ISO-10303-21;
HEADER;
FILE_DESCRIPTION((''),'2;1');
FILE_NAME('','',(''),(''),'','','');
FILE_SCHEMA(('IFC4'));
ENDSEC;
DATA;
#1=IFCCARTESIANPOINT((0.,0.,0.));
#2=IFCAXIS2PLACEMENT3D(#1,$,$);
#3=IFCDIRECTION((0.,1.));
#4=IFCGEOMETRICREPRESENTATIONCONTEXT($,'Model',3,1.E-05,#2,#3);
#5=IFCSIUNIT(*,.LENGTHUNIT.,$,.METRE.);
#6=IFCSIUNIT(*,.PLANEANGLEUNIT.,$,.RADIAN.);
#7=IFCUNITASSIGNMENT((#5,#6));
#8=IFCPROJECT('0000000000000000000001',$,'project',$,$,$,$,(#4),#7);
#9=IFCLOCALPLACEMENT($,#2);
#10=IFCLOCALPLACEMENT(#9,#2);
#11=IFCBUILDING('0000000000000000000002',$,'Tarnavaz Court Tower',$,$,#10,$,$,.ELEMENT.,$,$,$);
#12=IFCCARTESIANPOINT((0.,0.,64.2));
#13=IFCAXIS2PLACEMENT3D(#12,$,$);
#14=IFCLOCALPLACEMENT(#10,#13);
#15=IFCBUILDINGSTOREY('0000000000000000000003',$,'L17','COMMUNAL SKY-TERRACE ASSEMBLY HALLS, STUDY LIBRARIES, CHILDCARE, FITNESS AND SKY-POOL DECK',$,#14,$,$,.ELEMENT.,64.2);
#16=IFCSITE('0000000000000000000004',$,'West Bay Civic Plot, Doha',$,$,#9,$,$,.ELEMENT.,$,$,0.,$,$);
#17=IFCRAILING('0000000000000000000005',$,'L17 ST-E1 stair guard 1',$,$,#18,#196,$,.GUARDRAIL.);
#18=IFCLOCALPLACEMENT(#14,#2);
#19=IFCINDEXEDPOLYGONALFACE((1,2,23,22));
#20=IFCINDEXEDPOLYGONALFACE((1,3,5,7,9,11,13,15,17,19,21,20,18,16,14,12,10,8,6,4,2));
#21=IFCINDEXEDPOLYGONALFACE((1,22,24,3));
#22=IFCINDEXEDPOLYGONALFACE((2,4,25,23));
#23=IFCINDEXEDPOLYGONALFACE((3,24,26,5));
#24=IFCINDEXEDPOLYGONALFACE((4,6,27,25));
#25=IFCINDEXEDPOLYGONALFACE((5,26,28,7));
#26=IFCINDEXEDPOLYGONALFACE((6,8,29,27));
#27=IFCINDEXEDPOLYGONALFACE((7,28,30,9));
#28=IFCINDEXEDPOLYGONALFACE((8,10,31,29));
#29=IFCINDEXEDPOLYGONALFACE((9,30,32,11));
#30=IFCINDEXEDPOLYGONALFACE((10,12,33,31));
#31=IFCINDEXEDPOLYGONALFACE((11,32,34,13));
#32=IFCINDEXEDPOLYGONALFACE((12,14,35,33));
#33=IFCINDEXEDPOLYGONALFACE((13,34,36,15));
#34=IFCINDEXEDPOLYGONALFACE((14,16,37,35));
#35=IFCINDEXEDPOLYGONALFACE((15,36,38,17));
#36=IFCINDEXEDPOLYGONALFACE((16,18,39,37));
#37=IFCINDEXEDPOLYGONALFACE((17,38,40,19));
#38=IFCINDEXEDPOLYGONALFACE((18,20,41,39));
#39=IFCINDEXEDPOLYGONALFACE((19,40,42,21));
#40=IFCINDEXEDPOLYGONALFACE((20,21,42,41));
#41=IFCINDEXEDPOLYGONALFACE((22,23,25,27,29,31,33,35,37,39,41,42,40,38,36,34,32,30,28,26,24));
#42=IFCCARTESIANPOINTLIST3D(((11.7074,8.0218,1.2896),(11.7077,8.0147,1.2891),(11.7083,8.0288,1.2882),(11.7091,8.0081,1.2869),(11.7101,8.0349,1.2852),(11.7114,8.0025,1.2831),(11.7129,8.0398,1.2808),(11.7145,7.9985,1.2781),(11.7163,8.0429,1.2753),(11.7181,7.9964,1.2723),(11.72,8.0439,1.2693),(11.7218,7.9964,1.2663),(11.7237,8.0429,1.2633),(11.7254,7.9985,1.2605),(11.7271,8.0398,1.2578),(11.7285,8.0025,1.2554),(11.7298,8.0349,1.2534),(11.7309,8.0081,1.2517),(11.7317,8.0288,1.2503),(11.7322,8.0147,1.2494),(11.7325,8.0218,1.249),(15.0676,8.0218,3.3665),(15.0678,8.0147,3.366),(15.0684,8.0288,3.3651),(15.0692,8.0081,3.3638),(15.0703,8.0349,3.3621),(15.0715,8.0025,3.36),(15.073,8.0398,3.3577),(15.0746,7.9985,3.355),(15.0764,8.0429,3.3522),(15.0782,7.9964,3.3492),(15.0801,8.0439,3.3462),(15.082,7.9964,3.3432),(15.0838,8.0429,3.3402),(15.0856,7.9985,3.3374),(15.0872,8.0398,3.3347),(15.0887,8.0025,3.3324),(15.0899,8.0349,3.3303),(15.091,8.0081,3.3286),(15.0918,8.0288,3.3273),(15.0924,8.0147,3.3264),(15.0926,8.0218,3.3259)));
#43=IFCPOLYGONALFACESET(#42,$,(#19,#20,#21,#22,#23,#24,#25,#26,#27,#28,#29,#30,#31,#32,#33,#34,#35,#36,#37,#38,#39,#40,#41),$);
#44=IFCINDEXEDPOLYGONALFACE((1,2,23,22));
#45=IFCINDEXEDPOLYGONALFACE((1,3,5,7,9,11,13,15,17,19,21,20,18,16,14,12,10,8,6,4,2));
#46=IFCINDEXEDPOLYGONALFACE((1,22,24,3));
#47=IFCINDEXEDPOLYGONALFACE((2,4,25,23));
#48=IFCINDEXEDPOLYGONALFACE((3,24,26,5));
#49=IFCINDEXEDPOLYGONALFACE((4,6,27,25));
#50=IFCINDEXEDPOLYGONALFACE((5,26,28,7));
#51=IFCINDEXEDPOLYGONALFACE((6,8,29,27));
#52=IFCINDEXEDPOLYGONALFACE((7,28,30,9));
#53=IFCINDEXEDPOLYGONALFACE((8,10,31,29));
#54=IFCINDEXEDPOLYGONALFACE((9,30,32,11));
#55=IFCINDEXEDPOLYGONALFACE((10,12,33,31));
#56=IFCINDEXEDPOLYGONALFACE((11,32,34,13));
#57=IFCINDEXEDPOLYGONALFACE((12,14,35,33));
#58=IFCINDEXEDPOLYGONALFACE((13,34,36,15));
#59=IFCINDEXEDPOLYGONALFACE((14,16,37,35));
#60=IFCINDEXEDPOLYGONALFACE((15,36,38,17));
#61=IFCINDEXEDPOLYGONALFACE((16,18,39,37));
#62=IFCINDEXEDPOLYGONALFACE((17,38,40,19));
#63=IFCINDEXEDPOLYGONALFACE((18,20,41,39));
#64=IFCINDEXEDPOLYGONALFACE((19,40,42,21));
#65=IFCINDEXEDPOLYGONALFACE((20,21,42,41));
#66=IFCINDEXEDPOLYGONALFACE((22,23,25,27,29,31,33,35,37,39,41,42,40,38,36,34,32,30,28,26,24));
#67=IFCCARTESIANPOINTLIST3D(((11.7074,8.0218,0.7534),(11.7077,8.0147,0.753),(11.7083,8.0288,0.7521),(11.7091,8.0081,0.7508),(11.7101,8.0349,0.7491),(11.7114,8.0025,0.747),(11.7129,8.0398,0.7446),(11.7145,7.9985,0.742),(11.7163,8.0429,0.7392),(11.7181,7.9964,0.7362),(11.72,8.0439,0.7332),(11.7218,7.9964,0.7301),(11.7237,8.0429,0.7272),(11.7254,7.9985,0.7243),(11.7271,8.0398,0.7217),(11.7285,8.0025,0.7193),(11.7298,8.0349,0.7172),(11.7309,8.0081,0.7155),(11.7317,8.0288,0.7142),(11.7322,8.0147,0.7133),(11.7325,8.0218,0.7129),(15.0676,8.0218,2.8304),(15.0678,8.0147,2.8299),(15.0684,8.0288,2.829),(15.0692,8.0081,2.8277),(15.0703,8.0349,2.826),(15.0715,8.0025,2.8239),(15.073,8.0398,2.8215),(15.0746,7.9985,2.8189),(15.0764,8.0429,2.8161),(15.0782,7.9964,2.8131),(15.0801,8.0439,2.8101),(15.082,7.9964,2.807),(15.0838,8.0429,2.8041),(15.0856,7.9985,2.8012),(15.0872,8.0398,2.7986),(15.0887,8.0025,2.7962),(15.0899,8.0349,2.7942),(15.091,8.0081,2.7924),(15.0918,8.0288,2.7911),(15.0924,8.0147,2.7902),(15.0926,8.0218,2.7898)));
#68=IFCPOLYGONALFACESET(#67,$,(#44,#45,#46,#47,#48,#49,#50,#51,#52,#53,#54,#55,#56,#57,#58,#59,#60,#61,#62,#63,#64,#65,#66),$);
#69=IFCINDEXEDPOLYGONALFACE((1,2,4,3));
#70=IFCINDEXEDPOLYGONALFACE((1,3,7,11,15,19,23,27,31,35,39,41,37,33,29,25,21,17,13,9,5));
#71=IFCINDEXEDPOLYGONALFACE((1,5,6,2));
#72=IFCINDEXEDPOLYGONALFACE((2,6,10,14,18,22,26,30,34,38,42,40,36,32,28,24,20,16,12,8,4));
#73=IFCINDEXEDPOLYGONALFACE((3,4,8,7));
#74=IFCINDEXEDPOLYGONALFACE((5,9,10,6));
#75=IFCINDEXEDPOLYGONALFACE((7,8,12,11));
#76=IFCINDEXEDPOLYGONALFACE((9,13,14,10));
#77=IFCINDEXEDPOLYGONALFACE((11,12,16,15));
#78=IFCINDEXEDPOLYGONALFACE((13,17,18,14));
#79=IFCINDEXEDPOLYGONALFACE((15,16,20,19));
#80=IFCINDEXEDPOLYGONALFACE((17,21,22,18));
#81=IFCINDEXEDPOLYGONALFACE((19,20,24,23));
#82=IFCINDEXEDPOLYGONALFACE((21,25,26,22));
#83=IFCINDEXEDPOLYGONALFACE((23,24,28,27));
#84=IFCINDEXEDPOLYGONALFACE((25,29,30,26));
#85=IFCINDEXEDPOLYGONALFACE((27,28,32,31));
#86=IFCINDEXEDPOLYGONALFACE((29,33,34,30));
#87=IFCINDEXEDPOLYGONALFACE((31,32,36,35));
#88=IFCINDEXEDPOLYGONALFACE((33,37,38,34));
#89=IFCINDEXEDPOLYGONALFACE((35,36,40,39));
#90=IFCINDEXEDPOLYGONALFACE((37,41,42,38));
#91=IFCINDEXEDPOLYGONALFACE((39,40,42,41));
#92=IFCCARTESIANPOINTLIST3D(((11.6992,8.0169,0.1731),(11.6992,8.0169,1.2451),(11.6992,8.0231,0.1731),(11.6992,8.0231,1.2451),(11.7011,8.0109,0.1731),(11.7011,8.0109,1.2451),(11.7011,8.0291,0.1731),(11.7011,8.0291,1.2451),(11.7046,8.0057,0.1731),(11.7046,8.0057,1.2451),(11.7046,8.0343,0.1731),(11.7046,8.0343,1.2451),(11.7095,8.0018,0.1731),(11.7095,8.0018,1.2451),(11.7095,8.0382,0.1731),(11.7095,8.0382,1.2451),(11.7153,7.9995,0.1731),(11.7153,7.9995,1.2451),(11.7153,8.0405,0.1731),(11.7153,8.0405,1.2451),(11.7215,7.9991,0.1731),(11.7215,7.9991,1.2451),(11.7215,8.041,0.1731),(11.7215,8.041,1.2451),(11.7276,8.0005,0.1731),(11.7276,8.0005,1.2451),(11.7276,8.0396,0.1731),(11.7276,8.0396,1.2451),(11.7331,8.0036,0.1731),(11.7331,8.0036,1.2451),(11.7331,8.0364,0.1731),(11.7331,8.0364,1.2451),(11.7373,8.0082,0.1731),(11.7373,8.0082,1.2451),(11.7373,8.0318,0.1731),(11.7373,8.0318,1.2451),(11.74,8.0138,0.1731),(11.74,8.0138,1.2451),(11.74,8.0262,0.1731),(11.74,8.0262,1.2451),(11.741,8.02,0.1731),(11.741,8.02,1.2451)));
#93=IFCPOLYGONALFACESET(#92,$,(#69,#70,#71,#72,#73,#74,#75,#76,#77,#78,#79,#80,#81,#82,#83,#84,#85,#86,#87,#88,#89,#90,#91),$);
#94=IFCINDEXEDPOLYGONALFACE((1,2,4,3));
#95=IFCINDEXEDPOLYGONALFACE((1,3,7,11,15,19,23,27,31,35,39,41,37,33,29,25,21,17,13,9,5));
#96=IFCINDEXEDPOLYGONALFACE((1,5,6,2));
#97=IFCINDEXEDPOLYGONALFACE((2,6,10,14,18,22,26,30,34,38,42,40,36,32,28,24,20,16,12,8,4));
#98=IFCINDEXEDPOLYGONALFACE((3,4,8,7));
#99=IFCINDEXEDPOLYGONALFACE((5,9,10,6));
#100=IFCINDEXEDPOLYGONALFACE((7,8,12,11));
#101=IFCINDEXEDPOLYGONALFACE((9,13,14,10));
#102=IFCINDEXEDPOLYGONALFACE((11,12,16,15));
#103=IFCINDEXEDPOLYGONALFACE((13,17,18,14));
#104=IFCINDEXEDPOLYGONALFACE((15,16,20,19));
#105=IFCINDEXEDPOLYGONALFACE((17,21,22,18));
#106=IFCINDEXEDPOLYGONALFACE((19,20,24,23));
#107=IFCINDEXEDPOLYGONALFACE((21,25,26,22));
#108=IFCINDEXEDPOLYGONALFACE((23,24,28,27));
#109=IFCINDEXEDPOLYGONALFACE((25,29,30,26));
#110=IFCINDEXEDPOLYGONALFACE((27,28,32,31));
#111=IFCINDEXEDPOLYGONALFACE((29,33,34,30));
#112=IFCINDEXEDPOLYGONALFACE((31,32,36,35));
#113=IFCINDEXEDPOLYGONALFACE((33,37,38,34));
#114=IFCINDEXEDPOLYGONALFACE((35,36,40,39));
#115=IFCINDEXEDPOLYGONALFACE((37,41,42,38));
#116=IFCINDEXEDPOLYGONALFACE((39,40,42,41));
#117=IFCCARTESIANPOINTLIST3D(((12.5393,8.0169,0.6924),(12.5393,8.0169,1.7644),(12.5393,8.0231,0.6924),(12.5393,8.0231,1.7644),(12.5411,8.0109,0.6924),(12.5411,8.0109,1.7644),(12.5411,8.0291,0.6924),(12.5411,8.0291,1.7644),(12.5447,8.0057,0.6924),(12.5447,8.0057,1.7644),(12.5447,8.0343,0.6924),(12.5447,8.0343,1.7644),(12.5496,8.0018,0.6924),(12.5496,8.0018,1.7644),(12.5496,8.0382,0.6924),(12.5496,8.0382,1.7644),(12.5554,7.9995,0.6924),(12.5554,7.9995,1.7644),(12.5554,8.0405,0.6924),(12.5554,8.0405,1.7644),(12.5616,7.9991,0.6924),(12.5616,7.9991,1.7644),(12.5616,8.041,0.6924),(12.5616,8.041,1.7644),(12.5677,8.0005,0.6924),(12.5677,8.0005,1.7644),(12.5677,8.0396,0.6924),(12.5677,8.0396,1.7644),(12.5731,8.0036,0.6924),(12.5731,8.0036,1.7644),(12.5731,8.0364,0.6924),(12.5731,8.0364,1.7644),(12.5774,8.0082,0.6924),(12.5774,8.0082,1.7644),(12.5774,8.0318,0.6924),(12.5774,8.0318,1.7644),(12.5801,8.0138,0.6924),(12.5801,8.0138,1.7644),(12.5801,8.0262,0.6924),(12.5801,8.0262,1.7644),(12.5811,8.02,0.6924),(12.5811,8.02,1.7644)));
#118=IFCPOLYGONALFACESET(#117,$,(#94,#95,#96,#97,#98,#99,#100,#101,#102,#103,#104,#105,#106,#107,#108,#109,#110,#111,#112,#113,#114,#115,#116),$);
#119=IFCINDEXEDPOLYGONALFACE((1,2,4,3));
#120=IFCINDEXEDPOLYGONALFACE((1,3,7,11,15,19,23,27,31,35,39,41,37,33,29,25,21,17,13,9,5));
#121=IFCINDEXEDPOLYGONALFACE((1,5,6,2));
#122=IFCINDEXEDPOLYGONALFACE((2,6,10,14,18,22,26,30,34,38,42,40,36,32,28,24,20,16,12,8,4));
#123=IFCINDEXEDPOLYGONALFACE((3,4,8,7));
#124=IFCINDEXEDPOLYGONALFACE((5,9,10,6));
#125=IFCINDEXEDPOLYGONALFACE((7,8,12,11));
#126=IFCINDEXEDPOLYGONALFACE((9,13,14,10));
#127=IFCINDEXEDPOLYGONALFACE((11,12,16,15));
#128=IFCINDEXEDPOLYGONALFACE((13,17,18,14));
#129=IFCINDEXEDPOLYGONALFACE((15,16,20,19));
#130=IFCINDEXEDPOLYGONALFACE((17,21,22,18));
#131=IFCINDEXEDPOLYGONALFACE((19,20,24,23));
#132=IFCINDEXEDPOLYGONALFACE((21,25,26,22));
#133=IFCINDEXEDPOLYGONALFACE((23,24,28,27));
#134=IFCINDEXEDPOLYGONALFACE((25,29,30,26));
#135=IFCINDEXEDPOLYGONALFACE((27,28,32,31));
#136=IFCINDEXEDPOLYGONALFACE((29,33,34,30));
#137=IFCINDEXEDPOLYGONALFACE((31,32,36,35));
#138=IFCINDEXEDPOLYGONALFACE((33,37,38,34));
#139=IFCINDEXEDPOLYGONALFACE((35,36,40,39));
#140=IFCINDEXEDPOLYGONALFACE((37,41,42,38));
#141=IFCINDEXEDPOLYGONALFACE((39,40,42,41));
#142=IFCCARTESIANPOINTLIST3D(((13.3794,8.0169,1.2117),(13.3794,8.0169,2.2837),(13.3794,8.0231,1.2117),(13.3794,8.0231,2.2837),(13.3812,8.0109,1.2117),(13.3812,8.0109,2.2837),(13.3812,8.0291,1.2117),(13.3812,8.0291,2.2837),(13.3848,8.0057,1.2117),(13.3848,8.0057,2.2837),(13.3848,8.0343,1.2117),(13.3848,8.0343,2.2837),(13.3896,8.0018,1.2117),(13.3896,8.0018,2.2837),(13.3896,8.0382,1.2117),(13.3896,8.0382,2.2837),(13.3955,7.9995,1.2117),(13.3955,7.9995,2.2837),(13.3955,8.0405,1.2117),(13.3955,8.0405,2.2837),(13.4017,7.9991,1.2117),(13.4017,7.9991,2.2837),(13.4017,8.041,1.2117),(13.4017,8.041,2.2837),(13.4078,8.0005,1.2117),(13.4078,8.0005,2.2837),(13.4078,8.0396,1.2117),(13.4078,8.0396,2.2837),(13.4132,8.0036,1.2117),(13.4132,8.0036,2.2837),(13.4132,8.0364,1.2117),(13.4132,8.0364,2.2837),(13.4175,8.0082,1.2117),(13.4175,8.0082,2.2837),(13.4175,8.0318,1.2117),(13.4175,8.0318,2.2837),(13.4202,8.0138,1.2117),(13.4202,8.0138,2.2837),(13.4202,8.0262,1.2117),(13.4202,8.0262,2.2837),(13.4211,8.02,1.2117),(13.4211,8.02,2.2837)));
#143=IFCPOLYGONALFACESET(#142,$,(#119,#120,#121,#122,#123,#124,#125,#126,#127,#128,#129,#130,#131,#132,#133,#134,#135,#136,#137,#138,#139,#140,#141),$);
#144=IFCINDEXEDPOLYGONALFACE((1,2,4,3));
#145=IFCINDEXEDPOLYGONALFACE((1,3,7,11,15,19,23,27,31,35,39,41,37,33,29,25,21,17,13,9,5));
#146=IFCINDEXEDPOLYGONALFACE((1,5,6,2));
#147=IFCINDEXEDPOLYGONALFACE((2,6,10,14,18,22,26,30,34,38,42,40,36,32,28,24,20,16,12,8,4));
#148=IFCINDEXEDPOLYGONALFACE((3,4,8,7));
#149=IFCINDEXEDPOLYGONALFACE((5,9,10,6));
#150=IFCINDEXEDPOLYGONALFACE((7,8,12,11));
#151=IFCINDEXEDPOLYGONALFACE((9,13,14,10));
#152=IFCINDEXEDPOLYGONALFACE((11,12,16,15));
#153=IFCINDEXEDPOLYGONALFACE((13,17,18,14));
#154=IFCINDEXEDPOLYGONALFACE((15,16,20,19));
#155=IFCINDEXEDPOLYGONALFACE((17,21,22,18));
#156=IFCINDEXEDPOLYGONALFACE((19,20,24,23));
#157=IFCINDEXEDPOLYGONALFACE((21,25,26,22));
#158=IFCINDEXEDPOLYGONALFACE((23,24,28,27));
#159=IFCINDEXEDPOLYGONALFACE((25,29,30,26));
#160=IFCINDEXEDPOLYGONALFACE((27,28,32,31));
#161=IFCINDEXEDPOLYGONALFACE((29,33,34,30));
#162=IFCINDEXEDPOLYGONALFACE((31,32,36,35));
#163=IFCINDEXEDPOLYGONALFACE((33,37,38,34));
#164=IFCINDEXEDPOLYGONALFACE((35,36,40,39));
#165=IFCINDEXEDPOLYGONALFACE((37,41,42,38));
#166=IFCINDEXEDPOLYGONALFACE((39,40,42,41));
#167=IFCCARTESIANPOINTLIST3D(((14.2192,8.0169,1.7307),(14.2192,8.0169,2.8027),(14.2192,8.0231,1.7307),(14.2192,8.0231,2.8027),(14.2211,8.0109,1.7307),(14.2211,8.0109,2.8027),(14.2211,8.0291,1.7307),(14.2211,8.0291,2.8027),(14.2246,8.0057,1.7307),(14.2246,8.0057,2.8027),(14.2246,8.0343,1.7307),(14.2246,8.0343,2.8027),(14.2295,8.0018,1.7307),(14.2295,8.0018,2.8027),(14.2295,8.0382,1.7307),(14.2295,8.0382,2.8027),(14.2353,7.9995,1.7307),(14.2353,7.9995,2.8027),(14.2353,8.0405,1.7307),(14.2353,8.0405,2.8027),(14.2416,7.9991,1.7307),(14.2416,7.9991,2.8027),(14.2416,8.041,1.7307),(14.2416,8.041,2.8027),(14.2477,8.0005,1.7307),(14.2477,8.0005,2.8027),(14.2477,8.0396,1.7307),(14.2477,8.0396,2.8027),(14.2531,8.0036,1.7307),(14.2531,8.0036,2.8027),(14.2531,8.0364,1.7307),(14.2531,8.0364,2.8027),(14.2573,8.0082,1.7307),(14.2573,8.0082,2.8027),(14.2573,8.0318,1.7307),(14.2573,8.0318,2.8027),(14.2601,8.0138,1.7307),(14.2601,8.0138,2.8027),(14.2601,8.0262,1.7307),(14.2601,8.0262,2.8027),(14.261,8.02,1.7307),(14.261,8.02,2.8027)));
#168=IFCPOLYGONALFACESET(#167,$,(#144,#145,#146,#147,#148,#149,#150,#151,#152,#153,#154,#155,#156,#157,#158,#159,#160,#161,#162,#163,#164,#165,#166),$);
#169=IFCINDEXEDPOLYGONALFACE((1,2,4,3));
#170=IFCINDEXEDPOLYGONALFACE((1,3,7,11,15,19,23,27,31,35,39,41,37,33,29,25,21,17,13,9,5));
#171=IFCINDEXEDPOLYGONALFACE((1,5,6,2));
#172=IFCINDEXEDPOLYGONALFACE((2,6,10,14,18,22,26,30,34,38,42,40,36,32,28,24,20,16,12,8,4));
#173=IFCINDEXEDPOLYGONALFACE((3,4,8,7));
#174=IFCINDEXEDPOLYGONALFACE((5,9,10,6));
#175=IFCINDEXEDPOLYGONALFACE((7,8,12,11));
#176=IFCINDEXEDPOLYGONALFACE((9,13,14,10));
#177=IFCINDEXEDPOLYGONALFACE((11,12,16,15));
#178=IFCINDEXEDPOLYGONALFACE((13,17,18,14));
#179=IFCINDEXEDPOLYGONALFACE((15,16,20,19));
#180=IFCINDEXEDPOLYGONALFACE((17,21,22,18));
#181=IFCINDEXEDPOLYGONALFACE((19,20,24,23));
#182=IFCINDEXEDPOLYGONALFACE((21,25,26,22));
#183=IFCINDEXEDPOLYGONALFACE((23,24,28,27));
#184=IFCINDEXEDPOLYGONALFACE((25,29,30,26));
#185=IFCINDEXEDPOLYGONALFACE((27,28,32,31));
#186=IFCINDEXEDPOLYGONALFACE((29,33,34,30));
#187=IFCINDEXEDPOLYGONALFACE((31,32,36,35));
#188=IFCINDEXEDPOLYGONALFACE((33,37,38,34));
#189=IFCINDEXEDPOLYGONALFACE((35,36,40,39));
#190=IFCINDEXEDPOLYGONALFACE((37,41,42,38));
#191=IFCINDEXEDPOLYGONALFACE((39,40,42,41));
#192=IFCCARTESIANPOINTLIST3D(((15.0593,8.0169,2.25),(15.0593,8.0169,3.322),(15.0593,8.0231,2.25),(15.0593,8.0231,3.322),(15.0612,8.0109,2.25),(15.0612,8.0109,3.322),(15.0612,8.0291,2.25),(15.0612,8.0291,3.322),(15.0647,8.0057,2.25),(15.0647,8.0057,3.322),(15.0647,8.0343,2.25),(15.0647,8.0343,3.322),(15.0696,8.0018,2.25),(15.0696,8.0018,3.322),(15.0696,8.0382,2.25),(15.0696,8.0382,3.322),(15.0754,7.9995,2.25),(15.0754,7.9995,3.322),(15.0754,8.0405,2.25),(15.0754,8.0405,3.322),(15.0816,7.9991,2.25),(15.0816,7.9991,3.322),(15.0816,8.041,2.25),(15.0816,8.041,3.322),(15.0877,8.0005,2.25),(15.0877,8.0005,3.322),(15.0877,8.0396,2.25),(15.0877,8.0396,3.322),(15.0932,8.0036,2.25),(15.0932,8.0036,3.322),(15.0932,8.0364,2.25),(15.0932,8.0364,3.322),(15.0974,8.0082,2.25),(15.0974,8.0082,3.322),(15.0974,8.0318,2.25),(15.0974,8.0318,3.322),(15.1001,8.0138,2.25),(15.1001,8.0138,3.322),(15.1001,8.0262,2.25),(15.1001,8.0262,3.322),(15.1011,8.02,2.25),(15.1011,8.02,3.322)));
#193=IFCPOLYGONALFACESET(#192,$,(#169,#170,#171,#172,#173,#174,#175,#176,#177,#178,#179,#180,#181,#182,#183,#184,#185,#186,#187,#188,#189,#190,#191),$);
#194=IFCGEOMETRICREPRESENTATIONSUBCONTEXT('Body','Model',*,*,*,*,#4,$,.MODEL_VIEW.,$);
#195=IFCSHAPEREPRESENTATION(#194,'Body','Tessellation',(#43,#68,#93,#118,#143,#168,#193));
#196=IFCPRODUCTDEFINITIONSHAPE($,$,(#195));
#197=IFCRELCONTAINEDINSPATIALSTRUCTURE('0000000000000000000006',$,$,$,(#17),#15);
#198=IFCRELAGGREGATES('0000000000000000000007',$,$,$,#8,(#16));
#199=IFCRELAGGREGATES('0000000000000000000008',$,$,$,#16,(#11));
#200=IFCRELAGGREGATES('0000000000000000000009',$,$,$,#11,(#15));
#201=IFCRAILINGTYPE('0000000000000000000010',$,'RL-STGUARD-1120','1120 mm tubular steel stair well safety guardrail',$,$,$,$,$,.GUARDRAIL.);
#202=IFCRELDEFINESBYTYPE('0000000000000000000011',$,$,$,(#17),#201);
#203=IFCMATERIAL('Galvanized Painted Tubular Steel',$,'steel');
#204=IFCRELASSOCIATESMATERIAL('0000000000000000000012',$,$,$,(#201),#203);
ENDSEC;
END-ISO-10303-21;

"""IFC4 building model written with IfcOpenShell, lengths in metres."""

from ifc_helpers import new_model, si_unit, direction, frame, origin, origin_2d, place, context, subcontext, project, spatial, circle, extrude, material, type_object, element, save


model = new_model("IFC4")

# Units and contexts
model_context = context("Model", 3, precision=1e-05, world=origin(), true_north=direction((0.0, 1.0)))
body_context = subcontext(model_context, "Body", "Model", "MODEL_VIEW")
ifc_project = project(units=[si_unit("LENGTHUNIT", "METRE"), si_unit("PLANEANGLEUNIT", "RADIAN")], contexts=[model_context])

# Site, building, storey
site_placement = place(None, origin())
site = spatial("IfcSite", under=ifc_project, at=site_placement, Name="West Bay Civic Plot, Doha", CompositionType="ELEMENT", RefElevation=0.0)
building_placement = place(site_placement, origin())
building = spatial("IfcBuilding", under=site, at=building_placement, Name="Tarnavaz Court Tower", CompositionType="ELEMENT")
storey_placement = place(building_placement, frame((0.0, 0.0, 64.2)))
storey = spatial("IfcBuildingStorey", under=building, at=storey_placement, Name="L17", Description="COMMUNAL SKY-TERRACE ASSEMBLY HALLS, STUDY LIBRARIES, CHILDCARE, FITNESS AND SKY-POOL DECK", CompositionType="ELEMENT", Elevation=64.2)

# Railing
ifc_material_1 = material(Name="Galvanized Painted Tubular Steel", Category="steel")
railing_type_1 = type_object("IfcRailingType", Name="RL-STGUARD-1120", Description="1120 mm tubular steel stair well safety guardrail", PredefinedType="GUARDRAIL", material=ifc_material_1)
railing_1_placement = place(storey_placement, frame((11.72, 8.02, 0.1731)))
element("IfcRailing", 1, at=railing_1_placement, inside=storey, type_object=railing_type_1, Name="L17 ST-E1 stair guard 1", PredefinedType="GUARDRAIL", context=body_context, shape_type="SweptSolid", body=[
    extrude(circle(Radius=0.0239, at=origin_2d()), frame((0.0, 0.0, 1.0962), z_axis=(0.850623, 0.0, 0.525776), x_axis=(0.0, 1.0, 0.0)), (0.0, 0.0, 1.0), 3.9502),
    extrude(circle(Radius=0.0239, at=origin_2d()), frame((0.0, 0.0, 0.5601), z_axis=(0.850623, 0.0, 0.525776), x_axis=(0.0, 1.0, 0.0)), (0.0, 0.0, 1.0), 3.9502),
    extrude(circle(Radius=0.021, at=origin_2d()), origin(), (0.0, 0.0, 1.0), 1.072),
    extrude(circle(Radius=0.021, at=origin_2d()), frame((0.8401, 0.0, 0.5193)), (0.0, 0.0, 1.0), 1.072),
    extrude(circle(Radius=0.021, at=origin_2d()), frame((1.6802, 0.0, 1.0386)), (0.0, 0.0, 1.0), 1.072),
    extrude(circle(Radius=0.021, at=origin_2d()), frame((2.52, 0.0, 1.5576)), (0.0, 0.0, 1.0), 1.072),
    extrude(circle(Radius=0.021, at=origin_2d()), frame((3.3601, 0.0, 2.0769)), (0.0, 0.0, 1.0), 1.072),
])

save(model, "model.ifc")
